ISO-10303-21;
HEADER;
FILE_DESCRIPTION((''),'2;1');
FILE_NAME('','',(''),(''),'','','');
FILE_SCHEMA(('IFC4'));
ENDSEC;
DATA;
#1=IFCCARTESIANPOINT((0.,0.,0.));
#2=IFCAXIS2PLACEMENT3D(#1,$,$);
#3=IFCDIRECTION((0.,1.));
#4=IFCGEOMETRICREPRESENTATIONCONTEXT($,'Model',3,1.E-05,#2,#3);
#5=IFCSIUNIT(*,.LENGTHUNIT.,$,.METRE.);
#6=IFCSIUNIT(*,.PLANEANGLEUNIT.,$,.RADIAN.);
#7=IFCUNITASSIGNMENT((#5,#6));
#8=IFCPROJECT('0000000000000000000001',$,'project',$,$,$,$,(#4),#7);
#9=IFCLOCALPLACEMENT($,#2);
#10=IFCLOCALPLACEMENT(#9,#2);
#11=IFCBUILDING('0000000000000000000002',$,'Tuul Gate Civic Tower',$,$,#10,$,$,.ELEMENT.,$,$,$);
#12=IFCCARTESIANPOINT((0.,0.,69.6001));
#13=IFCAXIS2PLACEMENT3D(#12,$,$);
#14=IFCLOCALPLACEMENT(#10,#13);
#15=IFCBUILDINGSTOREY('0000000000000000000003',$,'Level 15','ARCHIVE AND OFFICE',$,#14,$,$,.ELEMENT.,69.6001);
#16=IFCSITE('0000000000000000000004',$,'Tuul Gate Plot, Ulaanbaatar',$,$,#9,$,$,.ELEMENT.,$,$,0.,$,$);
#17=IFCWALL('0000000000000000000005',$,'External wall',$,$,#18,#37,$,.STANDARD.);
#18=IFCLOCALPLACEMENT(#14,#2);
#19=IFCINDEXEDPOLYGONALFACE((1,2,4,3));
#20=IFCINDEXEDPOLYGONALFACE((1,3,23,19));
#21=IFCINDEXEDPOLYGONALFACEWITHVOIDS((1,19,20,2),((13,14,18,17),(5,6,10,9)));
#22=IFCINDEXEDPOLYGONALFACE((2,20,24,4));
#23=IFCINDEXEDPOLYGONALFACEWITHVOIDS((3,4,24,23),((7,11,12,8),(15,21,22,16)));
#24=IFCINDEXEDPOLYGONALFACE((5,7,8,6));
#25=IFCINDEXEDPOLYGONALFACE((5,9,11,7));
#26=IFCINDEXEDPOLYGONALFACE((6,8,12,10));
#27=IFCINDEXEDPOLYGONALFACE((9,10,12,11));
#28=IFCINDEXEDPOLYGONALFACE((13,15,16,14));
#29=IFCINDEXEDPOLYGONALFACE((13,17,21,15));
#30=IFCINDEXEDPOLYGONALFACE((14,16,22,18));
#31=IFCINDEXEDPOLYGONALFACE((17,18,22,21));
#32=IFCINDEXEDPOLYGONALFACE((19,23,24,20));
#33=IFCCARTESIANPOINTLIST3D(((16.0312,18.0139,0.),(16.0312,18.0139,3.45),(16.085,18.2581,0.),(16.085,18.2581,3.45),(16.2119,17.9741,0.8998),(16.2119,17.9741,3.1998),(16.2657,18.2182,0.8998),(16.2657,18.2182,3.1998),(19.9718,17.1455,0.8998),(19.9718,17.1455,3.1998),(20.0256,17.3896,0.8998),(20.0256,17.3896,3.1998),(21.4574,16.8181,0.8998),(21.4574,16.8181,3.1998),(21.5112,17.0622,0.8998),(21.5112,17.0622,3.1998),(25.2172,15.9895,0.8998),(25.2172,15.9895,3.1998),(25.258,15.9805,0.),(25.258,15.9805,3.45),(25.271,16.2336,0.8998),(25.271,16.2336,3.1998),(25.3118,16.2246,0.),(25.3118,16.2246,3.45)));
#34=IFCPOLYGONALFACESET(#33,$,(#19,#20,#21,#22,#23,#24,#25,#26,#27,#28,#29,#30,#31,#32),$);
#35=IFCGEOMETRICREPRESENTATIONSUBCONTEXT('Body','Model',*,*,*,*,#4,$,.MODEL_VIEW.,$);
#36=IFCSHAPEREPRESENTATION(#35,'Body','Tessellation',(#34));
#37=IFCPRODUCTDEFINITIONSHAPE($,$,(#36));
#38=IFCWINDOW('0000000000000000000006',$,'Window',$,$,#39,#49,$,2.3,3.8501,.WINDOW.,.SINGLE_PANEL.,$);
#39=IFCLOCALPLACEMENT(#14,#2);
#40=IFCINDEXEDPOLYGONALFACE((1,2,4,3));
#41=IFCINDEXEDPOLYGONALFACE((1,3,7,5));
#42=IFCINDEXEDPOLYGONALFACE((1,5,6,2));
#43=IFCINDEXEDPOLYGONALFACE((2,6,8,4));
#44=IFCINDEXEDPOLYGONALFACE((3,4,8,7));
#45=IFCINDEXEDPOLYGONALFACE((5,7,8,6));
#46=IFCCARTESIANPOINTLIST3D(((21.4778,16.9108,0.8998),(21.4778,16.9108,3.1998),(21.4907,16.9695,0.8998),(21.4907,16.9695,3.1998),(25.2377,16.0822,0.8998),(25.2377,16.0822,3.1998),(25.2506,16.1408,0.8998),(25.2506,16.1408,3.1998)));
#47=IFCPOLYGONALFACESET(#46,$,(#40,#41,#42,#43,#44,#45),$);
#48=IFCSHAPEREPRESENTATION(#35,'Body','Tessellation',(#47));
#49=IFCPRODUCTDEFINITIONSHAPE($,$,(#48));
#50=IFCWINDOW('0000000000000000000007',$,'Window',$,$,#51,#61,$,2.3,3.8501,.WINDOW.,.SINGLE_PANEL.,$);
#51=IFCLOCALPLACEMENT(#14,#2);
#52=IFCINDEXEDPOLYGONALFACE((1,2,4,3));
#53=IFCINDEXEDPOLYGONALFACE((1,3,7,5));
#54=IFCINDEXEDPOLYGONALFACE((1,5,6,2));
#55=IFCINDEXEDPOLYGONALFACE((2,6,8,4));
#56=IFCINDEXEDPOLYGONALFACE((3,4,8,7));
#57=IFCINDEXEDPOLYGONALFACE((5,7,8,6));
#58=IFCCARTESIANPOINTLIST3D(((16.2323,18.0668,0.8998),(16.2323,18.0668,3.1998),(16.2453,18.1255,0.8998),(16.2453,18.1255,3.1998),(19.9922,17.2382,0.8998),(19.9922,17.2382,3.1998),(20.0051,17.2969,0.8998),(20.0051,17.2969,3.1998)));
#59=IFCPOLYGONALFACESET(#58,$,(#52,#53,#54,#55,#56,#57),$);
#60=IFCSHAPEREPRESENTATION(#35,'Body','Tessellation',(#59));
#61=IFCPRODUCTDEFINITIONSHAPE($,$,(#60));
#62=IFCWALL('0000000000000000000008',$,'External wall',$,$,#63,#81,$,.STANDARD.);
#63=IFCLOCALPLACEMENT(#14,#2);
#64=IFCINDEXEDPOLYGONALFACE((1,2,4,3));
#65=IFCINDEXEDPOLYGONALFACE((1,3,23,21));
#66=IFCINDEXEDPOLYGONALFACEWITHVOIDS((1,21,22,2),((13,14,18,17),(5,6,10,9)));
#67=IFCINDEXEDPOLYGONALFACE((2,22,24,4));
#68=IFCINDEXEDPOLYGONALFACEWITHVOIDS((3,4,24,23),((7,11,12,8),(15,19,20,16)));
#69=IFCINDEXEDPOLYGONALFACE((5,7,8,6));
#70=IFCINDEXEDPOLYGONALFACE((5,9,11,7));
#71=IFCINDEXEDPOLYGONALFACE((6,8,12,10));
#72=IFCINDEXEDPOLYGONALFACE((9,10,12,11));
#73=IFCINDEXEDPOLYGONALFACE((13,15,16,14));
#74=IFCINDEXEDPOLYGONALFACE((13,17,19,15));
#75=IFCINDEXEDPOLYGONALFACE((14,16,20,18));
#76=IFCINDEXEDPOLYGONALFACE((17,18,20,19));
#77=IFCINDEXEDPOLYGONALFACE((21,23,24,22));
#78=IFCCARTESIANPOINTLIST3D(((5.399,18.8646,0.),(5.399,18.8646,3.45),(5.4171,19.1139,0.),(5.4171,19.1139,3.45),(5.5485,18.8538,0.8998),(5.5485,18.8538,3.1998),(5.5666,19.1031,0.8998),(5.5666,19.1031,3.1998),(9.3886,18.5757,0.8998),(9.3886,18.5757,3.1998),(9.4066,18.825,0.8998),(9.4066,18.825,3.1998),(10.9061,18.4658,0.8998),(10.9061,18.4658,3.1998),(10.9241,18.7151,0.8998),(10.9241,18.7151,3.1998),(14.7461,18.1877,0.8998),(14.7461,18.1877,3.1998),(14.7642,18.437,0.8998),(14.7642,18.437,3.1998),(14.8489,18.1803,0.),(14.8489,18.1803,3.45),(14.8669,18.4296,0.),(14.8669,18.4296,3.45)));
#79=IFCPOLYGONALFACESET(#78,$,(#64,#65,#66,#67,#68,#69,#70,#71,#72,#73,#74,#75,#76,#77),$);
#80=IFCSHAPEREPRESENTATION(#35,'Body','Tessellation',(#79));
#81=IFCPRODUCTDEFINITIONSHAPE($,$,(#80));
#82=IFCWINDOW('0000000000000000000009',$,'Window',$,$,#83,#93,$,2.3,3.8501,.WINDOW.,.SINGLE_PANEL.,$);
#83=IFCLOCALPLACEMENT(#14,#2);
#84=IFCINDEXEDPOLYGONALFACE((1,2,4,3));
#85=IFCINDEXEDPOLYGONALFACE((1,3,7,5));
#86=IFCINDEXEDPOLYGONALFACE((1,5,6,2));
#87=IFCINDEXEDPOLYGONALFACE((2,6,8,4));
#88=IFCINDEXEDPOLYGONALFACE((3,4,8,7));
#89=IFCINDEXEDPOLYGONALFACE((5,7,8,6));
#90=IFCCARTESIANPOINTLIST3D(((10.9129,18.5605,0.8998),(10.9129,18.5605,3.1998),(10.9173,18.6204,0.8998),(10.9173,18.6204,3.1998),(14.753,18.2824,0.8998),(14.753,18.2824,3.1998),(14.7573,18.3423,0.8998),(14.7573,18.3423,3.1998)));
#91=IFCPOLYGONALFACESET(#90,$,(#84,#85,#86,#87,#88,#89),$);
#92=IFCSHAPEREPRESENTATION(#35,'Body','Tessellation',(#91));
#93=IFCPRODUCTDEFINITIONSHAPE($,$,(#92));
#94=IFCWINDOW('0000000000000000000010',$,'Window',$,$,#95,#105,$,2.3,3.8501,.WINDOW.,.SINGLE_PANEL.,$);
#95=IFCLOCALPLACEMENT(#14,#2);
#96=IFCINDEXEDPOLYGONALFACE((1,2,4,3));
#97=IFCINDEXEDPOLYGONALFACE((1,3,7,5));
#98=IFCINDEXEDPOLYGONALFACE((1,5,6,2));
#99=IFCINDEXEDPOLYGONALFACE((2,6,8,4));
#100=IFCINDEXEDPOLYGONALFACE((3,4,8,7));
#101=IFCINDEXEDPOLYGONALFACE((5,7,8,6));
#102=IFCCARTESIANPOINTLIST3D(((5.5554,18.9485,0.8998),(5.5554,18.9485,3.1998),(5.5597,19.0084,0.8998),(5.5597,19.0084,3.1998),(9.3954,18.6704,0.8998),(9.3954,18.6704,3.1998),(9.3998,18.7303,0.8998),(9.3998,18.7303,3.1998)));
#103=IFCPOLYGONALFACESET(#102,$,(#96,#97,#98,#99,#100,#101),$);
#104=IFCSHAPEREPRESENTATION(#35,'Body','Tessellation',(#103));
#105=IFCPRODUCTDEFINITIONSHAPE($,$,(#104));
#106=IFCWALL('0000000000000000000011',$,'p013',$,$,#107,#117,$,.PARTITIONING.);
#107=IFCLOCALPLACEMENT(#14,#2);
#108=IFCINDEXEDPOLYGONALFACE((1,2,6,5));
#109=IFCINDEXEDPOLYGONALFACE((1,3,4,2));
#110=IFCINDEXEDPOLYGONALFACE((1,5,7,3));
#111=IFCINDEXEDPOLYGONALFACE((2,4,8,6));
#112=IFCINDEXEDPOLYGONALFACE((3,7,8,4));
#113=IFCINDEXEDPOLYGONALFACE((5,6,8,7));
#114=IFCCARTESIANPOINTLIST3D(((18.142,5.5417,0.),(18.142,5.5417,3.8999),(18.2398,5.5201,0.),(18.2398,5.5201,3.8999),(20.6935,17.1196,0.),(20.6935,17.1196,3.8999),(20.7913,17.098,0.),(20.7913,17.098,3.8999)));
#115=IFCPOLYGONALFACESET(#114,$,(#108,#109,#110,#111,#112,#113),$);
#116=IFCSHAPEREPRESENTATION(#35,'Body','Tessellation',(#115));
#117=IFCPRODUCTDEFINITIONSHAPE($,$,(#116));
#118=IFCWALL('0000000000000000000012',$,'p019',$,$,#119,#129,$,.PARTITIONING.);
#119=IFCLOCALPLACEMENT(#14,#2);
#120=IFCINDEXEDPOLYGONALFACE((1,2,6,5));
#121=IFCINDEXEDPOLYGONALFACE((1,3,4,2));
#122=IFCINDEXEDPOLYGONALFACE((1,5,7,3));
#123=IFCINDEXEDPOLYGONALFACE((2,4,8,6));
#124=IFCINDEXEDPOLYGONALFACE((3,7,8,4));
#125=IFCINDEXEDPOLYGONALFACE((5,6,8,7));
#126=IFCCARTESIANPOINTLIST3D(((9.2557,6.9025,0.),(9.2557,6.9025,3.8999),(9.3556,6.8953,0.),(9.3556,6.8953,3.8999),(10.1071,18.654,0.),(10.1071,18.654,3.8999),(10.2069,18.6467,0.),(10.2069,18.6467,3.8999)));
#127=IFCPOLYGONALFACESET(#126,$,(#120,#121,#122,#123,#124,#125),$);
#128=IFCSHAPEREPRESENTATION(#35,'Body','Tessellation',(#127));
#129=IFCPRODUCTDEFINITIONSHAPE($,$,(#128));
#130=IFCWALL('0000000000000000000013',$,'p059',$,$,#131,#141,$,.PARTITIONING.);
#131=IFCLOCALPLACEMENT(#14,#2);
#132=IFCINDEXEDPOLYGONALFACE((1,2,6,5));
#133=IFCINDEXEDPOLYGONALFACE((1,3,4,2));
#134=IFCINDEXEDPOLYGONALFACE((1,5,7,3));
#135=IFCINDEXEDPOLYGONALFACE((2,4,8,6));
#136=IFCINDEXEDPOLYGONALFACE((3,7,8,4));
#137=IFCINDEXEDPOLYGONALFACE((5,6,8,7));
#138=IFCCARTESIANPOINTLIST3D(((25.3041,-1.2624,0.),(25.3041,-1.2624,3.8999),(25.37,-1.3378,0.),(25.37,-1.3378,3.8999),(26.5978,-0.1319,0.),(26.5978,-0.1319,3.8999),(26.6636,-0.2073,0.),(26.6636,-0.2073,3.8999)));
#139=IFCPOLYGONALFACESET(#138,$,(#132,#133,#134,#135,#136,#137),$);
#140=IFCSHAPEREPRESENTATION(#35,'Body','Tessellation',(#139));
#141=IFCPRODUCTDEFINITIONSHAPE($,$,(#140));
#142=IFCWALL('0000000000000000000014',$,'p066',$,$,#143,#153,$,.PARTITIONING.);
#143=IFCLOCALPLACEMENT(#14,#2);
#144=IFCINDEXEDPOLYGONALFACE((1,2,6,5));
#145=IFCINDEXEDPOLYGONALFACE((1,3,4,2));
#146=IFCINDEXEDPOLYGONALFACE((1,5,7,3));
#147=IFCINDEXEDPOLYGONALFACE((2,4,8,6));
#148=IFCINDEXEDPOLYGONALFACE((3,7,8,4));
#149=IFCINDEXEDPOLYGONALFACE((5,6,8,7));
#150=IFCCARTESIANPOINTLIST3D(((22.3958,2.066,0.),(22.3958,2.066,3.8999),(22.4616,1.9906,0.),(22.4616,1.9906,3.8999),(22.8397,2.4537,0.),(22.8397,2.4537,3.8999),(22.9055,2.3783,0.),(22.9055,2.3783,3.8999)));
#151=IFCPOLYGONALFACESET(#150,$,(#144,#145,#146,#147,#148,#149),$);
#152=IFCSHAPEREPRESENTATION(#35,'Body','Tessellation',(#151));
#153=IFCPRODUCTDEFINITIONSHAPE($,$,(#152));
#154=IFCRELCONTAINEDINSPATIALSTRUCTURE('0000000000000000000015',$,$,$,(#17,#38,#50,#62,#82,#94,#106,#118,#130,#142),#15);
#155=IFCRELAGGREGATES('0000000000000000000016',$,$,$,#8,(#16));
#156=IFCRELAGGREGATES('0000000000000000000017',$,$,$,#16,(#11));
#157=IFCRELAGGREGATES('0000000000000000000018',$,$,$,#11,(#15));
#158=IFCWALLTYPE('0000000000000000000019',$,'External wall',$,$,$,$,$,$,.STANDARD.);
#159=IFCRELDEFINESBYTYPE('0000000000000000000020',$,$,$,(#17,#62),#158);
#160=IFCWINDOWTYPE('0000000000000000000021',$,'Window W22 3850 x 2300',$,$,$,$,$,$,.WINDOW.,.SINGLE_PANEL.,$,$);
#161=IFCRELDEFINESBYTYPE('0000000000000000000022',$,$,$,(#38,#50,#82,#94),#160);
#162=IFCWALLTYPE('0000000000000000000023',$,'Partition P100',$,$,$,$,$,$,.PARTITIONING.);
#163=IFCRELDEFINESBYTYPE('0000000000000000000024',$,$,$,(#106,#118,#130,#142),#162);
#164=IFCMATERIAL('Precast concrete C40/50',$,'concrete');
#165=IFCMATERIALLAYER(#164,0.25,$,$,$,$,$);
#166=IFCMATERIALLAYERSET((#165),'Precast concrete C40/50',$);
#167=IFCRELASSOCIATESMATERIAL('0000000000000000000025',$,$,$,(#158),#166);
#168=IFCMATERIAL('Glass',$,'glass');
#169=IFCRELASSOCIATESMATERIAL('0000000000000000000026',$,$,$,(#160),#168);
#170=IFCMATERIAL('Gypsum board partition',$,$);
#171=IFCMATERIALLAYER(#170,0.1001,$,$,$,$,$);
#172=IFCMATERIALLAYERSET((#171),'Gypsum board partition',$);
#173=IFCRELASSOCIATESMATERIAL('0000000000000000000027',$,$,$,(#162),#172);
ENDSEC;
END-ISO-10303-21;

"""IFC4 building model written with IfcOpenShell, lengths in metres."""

from ifc_helpers import new_model, si_unit, direction, frame, frame_2d, origin, place, context, subcontext, project, spatial, rectangle, extrude, material, layer, layer_set, type_object, element, fill, save


model = new_model("IFC4")

# Units and contexts
model_context = context("Model", 3, precision=1e-05, world=origin(), true_north=direction((0.0, 1.0)))
body_context = subcontext(model_context, "Body", "Model", "MODEL_VIEW")
ifc_project = project(units=[si_unit("LENGTHUNIT", "METRE"), si_unit("PLANEANGLEUNIT", "RADIAN")], contexts=[model_context])

# Site, building, storey
site_placement = place(None, origin())
site = spatial("IfcSite", under=ifc_project, at=site_placement, Name="Tuul Gate Plot, Ulaanbaatar", CompositionType="ELEMENT", RefElevation=0.0)
building_placement = place(site_placement, origin())
building = spatial("IfcBuilding", under=site, at=building_placement, Name="Tuul Gate Civic Tower", CompositionType="ELEMENT")
storey_placement = place(building_placement, frame((0.0, 0.0, 69.6001)))
storey = spatial("IfcBuildingStorey", under=building, at=storey_placement, Name="Level 15", Description="ARCHIVE AND OFFICE", CompositionType="ELEMENT", Elevation=69.6001)

# Walls, openings, windows
ifc_material_1 = material(Name="Precast concrete C40/50", Category="concrete")
ifc_layer_1 = layer(ifc_material_1, 0.25)
ifc_layer_set_1 = layer_set([ifc_layer_1], Name="Precast concrete C40/50")
wall_type_1 = type_object("IfcWallType", Name="External wall", PredefinedType="STANDARD", material=ifc_layer_set_1)
wall_1_placement = place(storey_placement, frame((25.2849, 16.1025, 0.0), z_axis=(0.0, 0.0, 1.0), x_axis=(-0.976566, 0.21522, 0.0)))
wall_1 = element("IfcWall", 1, at=wall_1_placement, inside=storey, type_object=wall_type_1, Name="External wall", PredefinedType="STANDARD", context=body_context, shape_type="SweptSolid", body=[
    extrude(rectangle(XDim=9.4482, YDim=0.25, at=frame_2d((4.7241, 0.0))), origin(), (0.0, 0.0, 1.0), 3.45),
])
opening_1_placement = place(wall_1_placement, frame((0.0417, 0.0, 0.8999)))
opening_1 = element("IfcOpeningElement", 2, at=opening_1_placement, cuts=wall_1, PredefinedType="OPENING", context=body_context, shape_type="SweptSolid", body=[
    extrude(rectangle(XDim=3.8501, YDim=2.3, at=frame_2d((1.925, 1.1499))), frame((0.0, 0.135, 0.0), z_axis=(0.0, -1.0, 0.0), x_axis=(1.0, 0.0, 0.0)), (0.0, 0.0, 1.0), 0.27),
])
opening_2_placement = place(wall_1_placement, frame((5.4131, 0.0, 0.8999)))
opening_2 = element("IfcOpeningElement", 3, at=opening_2_placement, cuts=wall_1, PredefinedType="OPENING", context=body_context, shape_type="SweptSolid", body=[
    extrude(rectangle(XDim=3.8501, YDim=2.3, at=frame_2d((1.925, 1.1499))), frame((0.0, 0.135, 0.0), z_axis=(0.0, -1.0, 0.0), x_axis=(1.0, 0.0, 0.0)), (0.0, 0.0, 1.0), 0.27),
])
ifc_material_2 = material(Name="Glass", Category="glass")
window_type = type_object("IfcWindowType", Name="Window W22 3850 x 2300", PartitioningType="SINGLE_PANEL", PredefinedType="WINDOW", material=ifc_material_2)
window_1_placement = place(opening_1_placement, origin())
window_1 = element("IfcWindow", 4, at=window_1_placement, inside=storey, type_object=window_type, Name="Window", OverallHeight=2.3, OverallWidth=3.8501, PartitioningType="SINGLE_PANEL", PredefinedType="WINDOW", context=body_context, shape_type="SweptSolid", body=[
    extrude(rectangle(XDim=3.8501, YDim=2.3, at=frame_2d((1.925, 1.1499))), frame((0.0, 0.03, 0.0), z_axis=(0.0, -1.0, 0.0), x_axis=(1.0, 0.0, 0.0)), (0.0, 0.0, 1.0), 0.0601),
])
fill(opening_1, window_1)
window_2_placement = place(opening_2_placement, origin())
window_2 = element("IfcWindow", 5, at=window_2_placement, inside=storey, type_object=window_type, Name="Window", OverallHeight=2.3, OverallWidth=3.8501, PartitioningType="SINGLE_PANEL", PredefinedType="WINDOW", context=body_context, shape_type="SweptSolid", body=[
    extrude(rectangle(XDim=3.8501, YDim=2.3, at=frame_2d((1.925, 1.1499))), frame((0.0, 0.03, 0.0), z_axis=(0.0, -1.0, 0.0), x_axis=(1.0, 0.0, 0.0)), (0.0, 0.0, 1.0), 0.0601),
])
fill(opening_2, window_2)
wall_2_placement = place(storey_placement, frame((14.8579, 18.3049, 0.0), z_axis=(0.0, 0.0, 1.0), x_axis=(-0.997388, 0.072227, 0.0)))
wall_2 = element("IfcWall", 6, at=wall_2_placement, inside=storey, type_object=wall_type_1, Name="External wall", PredefinedType="STANDARD", context=body_context, shape_type="SweptSolid", body=[
    extrude(rectangle(XDim=9.4746, YDim=0.25, at=frame_2d((4.7373, 0.0))), origin(), (0.0, 0.0, 1.0), 3.45),
])
opening_3_placement = place(wall_2_placement, frame((0.103, 0.0, 0.8999)))
opening_3 = element("IfcOpeningElement", 7, at=opening_3_placement, cuts=wall_2, PredefinedType="OPENING", context=body_context, shape_type="SweptSolid", body=[
    extrude(rectangle(XDim=3.8501, YDim=2.3, at=frame_2d((1.925, 1.1499))), frame((0.0, 0.135, 0.0), z_axis=(0.0, -1.0, 0.0), x_axis=(1.0, 0.0, 0.0)), (0.0, 0.0, 1.0), 0.27),
])
opening_4_placement = place(wall_2_placement, frame((5.4746, 0.0, 0.8999)))
opening_4 = element("IfcOpeningElement", 8, at=opening_4_placement, cuts=wall_2, PredefinedType="OPENING", context=body_context, shape_type="SweptSolid", body=[
    extrude(rectangle(XDim=3.8501, YDim=2.3, at=frame_2d((1.925, 1.1499))), frame((0.0, 0.135, 0.0), z_axis=(0.0, -1.0, 0.0), x_axis=(1.0, 0.0, 0.0)), (0.0, 0.0, 1.0), 0.27),
])
window_3_placement = place(opening_3_placement, origin())
window_3 = element("IfcWindow", 9, at=window_3_placement, inside=storey, type_object=window_type, Name="Window", OverallHeight=2.3, OverallWidth=3.8501, PartitioningType="SINGLE_PANEL", PredefinedType="WINDOW", context=body_context, shape_type="SweptSolid", body=[
    extrude(rectangle(XDim=3.8501, YDim=2.3, at=frame_2d((1.925, 1.1499))), frame((0.0, 0.03, 0.0), z_axis=(0.0, -1.0, 0.0), x_axis=(1.0, 0.0, 0.0)), (0.0, 0.0, 1.0), 0.0601),
])
fill(opening_3, window_3)
window_4_placement = place(opening_4_placement, origin())
window_4 = element("IfcWindow", 10, at=window_4_placement, inside=storey, type_object=window_type, Name="Window", OverallHeight=2.3, OverallWidth=3.8501, PartitioningType="SINGLE_PANEL", PredefinedType="WINDOW", context=body_context, shape_type="SweptSolid", body=[
    extrude(rectangle(XDim=3.8501, YDim=2.3, at=frame_2d((1.925, 1.1499))), frame((0.0, 0.03, 0.0), z_axis=(0.0, -1.0, 0.0), x_axis=(1.0, 0.0, 0.0)), (0.0, 0.0, 1.0), 0.0601),
])
fill(opening_4, window_4)

# Walls
ifc_material_3 = material(Name="Gypsum board partition")
ifc_layer_2 = layer(ifc_material_3, 0.1001)
ifc_layer_set_2 = layer_set([ifc_layer_2], Name="Gypsum board partition")
wall_type_2 = type_object("IfcWallType", Name="Partition P100", PredefinedType="PARTITIONING", material=ifc_layer_set_2)
wall_3_placement = place(storey_placement, frame((18.1909, 5.531, 0.0), z_axis=(0.0, 0.0, 1.0), x_axis=(0.215214, 0.976567, 0.0)))
element("IfcWall", 11, at=wall_3_placement, inside=storey, type_object=wall_type_2, Name="p013", PredefinedType="PARTITIONING", context=body_context, shape_type="SweptSolid", body=[
    extrude(rectangle(XDim=11.8557, YDim=0.1001, at=frame_2d((5.9277, 0.0))), origin(), (0.0, 0.0, 1.0), 3.8999),
])
wall_4_placement = place(storey_placement, frame((9.3057, 6.8989, 0.0), z_axis=(0.0, 0.0, 1.0), x_axis=(0.072254, 0.997386, 0.0)))
element("IfcWall", 12, at=wall_4_placement, inside=storey, type_object=wall_type_2, Name="p019", PredefinedType="PARTITIONING", context=body_context, shape_type="SweptSolid", body=[
    extrude(rectangle(XDim=11.7822, YDim=0.1001, at=frame_2d((5.8911, 0.0))), origin(), (0.0, 0.0, 1.0), 3.8999),
])
wall_5_placement = place(storey_placement, frame((25.3372, -1.3, 0.0), z_axis=(0.0, 0.0, 1.0), x_axis=(0.752973, 0.658052, 0.0)))
element("IfcWall", 13, at=wall_5_placement, inside=storey, type_object=wall_type_2, Name="p059", PredefinedType="PARTITIONING", context=body_context, shape_type="SweptSolid", body=[
    extrude(rectangle(XDim=1.718, YDim=0.1001, at=frame_2d((0.8589, 0.0))), origin(), (0.0, 0.0, 1.0), 3.8999),
])
wall_6_placement = place(storey_placement, frame((22.4287, 2.0283, 0.0), z_axis=(0.0, 0.0, 1.0), x_axis=(0.753141, 0.657859, 0.0)))
element("IfcWall", 14, at=wall_6_placement, inside=storey, type_object=wall_type_2, Name="p066", PredefinedType="PARTITIONING", context=body_context, shape_type="SweptSolid", body=[
    extrude(rectangle(XDim=0.5894, YDim=0.1001, at=frame_2d((0.2947, 0.0))), origin(), (0.0, 0.0, 1.0), 3.8999),
])

save(model, "model.ifc")
